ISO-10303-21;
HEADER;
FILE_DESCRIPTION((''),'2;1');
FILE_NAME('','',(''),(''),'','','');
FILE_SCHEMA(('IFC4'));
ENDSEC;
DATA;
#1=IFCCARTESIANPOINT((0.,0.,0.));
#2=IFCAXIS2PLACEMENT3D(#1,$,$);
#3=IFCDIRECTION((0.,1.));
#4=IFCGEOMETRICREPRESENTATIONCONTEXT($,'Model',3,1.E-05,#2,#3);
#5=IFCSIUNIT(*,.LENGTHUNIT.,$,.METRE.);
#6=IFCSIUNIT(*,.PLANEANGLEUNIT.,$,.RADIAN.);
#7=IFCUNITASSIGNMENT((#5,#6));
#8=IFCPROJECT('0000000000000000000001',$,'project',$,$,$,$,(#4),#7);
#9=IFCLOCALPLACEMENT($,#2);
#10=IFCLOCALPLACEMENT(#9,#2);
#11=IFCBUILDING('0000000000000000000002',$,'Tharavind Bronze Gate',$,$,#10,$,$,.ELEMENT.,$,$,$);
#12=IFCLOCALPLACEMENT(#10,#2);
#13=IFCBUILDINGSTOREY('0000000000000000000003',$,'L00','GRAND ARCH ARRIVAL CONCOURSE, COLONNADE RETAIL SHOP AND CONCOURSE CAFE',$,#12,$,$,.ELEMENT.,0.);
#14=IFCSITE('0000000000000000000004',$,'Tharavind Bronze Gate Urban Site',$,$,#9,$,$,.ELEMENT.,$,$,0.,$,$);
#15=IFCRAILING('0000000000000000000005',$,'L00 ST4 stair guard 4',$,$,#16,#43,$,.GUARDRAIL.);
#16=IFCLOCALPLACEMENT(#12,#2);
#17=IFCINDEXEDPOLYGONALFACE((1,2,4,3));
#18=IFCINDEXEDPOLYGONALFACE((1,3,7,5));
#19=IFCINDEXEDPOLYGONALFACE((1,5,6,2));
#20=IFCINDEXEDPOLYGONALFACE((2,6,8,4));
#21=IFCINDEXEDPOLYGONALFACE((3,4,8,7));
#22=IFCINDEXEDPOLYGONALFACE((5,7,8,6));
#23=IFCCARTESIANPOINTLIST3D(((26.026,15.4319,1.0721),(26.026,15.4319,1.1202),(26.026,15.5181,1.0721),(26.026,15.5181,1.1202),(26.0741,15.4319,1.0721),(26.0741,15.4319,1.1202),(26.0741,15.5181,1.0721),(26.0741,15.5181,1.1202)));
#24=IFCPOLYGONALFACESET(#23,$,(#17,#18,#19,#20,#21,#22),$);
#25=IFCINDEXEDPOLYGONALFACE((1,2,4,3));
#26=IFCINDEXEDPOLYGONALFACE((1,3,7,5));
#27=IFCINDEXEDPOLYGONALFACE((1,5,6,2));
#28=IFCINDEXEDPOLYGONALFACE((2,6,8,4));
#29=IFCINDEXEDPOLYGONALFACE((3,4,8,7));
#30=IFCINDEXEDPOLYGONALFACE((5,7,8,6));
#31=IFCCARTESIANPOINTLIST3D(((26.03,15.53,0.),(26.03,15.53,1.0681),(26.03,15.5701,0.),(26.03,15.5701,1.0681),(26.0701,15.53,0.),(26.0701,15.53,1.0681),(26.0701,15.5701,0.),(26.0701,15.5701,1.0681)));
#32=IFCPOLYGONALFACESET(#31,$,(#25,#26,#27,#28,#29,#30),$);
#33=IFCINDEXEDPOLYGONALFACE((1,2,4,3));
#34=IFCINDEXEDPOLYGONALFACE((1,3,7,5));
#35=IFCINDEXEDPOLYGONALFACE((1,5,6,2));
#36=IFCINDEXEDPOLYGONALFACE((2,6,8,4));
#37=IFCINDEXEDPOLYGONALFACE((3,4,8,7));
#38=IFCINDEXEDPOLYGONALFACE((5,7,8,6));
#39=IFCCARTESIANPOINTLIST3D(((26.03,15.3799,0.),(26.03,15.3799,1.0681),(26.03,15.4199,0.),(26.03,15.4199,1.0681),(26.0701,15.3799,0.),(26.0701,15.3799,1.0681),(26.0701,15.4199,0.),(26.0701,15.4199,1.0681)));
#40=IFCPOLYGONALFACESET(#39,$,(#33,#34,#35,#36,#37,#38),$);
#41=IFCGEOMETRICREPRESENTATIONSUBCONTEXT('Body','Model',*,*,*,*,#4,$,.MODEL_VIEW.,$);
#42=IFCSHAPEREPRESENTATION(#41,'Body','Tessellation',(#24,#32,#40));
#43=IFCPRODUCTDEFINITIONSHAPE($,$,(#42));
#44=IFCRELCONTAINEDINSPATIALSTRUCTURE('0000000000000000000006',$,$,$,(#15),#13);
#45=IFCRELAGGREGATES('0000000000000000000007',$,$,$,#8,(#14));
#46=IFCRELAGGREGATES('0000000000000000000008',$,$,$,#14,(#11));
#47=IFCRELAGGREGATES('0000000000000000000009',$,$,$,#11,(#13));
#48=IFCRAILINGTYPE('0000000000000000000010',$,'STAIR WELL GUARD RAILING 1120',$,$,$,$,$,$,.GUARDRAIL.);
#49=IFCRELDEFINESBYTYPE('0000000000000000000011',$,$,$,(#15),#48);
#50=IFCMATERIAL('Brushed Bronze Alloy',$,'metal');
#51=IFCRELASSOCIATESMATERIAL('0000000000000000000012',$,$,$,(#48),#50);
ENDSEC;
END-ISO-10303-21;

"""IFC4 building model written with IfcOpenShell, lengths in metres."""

from ifc_helpers import new_model, si_unit, direction, frame, origin, origin_2d, place, context, subcontext, project, spatial, rectangle, extrude, material, type_object, element, save


model = new_model("IFC4")

# Units and contexts
model_context = context("Model", 3, precision=1e-05, world=origin(), true_north=direction((0.0, 1.0)))
body_context = subcontext(model_context, "Body", "Model", "MODEL_VIEW")
ifc_project = project(units=[si_unit("LENGTHUNIT", "METRE"), si_unit("PLANEANGLEUNIT", "RADIAN")], contexts=[model_context])

# Site, building, storey
site_placement = place(None, origin())
site = spatial("IfcSite", under=ifc_project, at=site_placement, Name="Tharavind Bronze Gate Urban Site", CompositionType="ELEMENT", RefElevation=0.0)
building_placement = place(site_placement, origin())
building = spatial("IfcBuilding", under=site, at=building_placement, Name="Tharavind Bronze Gate", CompositionType="ELEMENT")
storey_placement = place(building_placement, origin())
storey = spatial("IfcBuildingStorey", under=building, at=storey_placement, Name="L00", Description="GRAND ARCH ARRIVAL CONCOURSE, COLONNADE RETAIL SHOP AND CONCOURSE CAFE", CompositionType="ELEMENT", Elevation=0.0)

# Railing
ifc_material_1 = material(Name="Brushed Bronze Alloy", Category="metal")
railing_type_1 = type_object("IfcRailingType", Name="STAIR WELL GUARD RAILING 1120", PredefinedType="GUARDRAIL", material=ifc_material_1)
railing_1_placement = place(storey_placement, frame((26.05, 15.55, 0.0)))
element("IfcRailing", 1, at=railing_1_placement, inside=storey, type_object=railing_type_1, Name="L00 ST4 stair guard 4", PredefinedType="GUARDRAIL", context=body_context, shape_type="SweptSolid", body=[
    extrude(rectangle(XDim=0.0481, YDim=0.0481, at=origin_2d()), frame((0.0, -0.032, 1.0962), z_axis=(0.0, -1.0, 0.0), x_axis=(1.0, 0.0, 0.0)), (0.0, 0.0, 1.0), 0.0862),
    extrude(rectangle(XDim=0.04, YDim=0.04, at=origin_2d()), origin(), (0.0, 0.0, 1.0), 1.0681),
    extrude(rectangle(XDim=0.04, YDim=0.04, at=origin_2d()), frame((0.0, -0.1501, 0.0)), (0.0, 0.0, 1.0), 1.0681),
])

save(model, "model.ifc")
